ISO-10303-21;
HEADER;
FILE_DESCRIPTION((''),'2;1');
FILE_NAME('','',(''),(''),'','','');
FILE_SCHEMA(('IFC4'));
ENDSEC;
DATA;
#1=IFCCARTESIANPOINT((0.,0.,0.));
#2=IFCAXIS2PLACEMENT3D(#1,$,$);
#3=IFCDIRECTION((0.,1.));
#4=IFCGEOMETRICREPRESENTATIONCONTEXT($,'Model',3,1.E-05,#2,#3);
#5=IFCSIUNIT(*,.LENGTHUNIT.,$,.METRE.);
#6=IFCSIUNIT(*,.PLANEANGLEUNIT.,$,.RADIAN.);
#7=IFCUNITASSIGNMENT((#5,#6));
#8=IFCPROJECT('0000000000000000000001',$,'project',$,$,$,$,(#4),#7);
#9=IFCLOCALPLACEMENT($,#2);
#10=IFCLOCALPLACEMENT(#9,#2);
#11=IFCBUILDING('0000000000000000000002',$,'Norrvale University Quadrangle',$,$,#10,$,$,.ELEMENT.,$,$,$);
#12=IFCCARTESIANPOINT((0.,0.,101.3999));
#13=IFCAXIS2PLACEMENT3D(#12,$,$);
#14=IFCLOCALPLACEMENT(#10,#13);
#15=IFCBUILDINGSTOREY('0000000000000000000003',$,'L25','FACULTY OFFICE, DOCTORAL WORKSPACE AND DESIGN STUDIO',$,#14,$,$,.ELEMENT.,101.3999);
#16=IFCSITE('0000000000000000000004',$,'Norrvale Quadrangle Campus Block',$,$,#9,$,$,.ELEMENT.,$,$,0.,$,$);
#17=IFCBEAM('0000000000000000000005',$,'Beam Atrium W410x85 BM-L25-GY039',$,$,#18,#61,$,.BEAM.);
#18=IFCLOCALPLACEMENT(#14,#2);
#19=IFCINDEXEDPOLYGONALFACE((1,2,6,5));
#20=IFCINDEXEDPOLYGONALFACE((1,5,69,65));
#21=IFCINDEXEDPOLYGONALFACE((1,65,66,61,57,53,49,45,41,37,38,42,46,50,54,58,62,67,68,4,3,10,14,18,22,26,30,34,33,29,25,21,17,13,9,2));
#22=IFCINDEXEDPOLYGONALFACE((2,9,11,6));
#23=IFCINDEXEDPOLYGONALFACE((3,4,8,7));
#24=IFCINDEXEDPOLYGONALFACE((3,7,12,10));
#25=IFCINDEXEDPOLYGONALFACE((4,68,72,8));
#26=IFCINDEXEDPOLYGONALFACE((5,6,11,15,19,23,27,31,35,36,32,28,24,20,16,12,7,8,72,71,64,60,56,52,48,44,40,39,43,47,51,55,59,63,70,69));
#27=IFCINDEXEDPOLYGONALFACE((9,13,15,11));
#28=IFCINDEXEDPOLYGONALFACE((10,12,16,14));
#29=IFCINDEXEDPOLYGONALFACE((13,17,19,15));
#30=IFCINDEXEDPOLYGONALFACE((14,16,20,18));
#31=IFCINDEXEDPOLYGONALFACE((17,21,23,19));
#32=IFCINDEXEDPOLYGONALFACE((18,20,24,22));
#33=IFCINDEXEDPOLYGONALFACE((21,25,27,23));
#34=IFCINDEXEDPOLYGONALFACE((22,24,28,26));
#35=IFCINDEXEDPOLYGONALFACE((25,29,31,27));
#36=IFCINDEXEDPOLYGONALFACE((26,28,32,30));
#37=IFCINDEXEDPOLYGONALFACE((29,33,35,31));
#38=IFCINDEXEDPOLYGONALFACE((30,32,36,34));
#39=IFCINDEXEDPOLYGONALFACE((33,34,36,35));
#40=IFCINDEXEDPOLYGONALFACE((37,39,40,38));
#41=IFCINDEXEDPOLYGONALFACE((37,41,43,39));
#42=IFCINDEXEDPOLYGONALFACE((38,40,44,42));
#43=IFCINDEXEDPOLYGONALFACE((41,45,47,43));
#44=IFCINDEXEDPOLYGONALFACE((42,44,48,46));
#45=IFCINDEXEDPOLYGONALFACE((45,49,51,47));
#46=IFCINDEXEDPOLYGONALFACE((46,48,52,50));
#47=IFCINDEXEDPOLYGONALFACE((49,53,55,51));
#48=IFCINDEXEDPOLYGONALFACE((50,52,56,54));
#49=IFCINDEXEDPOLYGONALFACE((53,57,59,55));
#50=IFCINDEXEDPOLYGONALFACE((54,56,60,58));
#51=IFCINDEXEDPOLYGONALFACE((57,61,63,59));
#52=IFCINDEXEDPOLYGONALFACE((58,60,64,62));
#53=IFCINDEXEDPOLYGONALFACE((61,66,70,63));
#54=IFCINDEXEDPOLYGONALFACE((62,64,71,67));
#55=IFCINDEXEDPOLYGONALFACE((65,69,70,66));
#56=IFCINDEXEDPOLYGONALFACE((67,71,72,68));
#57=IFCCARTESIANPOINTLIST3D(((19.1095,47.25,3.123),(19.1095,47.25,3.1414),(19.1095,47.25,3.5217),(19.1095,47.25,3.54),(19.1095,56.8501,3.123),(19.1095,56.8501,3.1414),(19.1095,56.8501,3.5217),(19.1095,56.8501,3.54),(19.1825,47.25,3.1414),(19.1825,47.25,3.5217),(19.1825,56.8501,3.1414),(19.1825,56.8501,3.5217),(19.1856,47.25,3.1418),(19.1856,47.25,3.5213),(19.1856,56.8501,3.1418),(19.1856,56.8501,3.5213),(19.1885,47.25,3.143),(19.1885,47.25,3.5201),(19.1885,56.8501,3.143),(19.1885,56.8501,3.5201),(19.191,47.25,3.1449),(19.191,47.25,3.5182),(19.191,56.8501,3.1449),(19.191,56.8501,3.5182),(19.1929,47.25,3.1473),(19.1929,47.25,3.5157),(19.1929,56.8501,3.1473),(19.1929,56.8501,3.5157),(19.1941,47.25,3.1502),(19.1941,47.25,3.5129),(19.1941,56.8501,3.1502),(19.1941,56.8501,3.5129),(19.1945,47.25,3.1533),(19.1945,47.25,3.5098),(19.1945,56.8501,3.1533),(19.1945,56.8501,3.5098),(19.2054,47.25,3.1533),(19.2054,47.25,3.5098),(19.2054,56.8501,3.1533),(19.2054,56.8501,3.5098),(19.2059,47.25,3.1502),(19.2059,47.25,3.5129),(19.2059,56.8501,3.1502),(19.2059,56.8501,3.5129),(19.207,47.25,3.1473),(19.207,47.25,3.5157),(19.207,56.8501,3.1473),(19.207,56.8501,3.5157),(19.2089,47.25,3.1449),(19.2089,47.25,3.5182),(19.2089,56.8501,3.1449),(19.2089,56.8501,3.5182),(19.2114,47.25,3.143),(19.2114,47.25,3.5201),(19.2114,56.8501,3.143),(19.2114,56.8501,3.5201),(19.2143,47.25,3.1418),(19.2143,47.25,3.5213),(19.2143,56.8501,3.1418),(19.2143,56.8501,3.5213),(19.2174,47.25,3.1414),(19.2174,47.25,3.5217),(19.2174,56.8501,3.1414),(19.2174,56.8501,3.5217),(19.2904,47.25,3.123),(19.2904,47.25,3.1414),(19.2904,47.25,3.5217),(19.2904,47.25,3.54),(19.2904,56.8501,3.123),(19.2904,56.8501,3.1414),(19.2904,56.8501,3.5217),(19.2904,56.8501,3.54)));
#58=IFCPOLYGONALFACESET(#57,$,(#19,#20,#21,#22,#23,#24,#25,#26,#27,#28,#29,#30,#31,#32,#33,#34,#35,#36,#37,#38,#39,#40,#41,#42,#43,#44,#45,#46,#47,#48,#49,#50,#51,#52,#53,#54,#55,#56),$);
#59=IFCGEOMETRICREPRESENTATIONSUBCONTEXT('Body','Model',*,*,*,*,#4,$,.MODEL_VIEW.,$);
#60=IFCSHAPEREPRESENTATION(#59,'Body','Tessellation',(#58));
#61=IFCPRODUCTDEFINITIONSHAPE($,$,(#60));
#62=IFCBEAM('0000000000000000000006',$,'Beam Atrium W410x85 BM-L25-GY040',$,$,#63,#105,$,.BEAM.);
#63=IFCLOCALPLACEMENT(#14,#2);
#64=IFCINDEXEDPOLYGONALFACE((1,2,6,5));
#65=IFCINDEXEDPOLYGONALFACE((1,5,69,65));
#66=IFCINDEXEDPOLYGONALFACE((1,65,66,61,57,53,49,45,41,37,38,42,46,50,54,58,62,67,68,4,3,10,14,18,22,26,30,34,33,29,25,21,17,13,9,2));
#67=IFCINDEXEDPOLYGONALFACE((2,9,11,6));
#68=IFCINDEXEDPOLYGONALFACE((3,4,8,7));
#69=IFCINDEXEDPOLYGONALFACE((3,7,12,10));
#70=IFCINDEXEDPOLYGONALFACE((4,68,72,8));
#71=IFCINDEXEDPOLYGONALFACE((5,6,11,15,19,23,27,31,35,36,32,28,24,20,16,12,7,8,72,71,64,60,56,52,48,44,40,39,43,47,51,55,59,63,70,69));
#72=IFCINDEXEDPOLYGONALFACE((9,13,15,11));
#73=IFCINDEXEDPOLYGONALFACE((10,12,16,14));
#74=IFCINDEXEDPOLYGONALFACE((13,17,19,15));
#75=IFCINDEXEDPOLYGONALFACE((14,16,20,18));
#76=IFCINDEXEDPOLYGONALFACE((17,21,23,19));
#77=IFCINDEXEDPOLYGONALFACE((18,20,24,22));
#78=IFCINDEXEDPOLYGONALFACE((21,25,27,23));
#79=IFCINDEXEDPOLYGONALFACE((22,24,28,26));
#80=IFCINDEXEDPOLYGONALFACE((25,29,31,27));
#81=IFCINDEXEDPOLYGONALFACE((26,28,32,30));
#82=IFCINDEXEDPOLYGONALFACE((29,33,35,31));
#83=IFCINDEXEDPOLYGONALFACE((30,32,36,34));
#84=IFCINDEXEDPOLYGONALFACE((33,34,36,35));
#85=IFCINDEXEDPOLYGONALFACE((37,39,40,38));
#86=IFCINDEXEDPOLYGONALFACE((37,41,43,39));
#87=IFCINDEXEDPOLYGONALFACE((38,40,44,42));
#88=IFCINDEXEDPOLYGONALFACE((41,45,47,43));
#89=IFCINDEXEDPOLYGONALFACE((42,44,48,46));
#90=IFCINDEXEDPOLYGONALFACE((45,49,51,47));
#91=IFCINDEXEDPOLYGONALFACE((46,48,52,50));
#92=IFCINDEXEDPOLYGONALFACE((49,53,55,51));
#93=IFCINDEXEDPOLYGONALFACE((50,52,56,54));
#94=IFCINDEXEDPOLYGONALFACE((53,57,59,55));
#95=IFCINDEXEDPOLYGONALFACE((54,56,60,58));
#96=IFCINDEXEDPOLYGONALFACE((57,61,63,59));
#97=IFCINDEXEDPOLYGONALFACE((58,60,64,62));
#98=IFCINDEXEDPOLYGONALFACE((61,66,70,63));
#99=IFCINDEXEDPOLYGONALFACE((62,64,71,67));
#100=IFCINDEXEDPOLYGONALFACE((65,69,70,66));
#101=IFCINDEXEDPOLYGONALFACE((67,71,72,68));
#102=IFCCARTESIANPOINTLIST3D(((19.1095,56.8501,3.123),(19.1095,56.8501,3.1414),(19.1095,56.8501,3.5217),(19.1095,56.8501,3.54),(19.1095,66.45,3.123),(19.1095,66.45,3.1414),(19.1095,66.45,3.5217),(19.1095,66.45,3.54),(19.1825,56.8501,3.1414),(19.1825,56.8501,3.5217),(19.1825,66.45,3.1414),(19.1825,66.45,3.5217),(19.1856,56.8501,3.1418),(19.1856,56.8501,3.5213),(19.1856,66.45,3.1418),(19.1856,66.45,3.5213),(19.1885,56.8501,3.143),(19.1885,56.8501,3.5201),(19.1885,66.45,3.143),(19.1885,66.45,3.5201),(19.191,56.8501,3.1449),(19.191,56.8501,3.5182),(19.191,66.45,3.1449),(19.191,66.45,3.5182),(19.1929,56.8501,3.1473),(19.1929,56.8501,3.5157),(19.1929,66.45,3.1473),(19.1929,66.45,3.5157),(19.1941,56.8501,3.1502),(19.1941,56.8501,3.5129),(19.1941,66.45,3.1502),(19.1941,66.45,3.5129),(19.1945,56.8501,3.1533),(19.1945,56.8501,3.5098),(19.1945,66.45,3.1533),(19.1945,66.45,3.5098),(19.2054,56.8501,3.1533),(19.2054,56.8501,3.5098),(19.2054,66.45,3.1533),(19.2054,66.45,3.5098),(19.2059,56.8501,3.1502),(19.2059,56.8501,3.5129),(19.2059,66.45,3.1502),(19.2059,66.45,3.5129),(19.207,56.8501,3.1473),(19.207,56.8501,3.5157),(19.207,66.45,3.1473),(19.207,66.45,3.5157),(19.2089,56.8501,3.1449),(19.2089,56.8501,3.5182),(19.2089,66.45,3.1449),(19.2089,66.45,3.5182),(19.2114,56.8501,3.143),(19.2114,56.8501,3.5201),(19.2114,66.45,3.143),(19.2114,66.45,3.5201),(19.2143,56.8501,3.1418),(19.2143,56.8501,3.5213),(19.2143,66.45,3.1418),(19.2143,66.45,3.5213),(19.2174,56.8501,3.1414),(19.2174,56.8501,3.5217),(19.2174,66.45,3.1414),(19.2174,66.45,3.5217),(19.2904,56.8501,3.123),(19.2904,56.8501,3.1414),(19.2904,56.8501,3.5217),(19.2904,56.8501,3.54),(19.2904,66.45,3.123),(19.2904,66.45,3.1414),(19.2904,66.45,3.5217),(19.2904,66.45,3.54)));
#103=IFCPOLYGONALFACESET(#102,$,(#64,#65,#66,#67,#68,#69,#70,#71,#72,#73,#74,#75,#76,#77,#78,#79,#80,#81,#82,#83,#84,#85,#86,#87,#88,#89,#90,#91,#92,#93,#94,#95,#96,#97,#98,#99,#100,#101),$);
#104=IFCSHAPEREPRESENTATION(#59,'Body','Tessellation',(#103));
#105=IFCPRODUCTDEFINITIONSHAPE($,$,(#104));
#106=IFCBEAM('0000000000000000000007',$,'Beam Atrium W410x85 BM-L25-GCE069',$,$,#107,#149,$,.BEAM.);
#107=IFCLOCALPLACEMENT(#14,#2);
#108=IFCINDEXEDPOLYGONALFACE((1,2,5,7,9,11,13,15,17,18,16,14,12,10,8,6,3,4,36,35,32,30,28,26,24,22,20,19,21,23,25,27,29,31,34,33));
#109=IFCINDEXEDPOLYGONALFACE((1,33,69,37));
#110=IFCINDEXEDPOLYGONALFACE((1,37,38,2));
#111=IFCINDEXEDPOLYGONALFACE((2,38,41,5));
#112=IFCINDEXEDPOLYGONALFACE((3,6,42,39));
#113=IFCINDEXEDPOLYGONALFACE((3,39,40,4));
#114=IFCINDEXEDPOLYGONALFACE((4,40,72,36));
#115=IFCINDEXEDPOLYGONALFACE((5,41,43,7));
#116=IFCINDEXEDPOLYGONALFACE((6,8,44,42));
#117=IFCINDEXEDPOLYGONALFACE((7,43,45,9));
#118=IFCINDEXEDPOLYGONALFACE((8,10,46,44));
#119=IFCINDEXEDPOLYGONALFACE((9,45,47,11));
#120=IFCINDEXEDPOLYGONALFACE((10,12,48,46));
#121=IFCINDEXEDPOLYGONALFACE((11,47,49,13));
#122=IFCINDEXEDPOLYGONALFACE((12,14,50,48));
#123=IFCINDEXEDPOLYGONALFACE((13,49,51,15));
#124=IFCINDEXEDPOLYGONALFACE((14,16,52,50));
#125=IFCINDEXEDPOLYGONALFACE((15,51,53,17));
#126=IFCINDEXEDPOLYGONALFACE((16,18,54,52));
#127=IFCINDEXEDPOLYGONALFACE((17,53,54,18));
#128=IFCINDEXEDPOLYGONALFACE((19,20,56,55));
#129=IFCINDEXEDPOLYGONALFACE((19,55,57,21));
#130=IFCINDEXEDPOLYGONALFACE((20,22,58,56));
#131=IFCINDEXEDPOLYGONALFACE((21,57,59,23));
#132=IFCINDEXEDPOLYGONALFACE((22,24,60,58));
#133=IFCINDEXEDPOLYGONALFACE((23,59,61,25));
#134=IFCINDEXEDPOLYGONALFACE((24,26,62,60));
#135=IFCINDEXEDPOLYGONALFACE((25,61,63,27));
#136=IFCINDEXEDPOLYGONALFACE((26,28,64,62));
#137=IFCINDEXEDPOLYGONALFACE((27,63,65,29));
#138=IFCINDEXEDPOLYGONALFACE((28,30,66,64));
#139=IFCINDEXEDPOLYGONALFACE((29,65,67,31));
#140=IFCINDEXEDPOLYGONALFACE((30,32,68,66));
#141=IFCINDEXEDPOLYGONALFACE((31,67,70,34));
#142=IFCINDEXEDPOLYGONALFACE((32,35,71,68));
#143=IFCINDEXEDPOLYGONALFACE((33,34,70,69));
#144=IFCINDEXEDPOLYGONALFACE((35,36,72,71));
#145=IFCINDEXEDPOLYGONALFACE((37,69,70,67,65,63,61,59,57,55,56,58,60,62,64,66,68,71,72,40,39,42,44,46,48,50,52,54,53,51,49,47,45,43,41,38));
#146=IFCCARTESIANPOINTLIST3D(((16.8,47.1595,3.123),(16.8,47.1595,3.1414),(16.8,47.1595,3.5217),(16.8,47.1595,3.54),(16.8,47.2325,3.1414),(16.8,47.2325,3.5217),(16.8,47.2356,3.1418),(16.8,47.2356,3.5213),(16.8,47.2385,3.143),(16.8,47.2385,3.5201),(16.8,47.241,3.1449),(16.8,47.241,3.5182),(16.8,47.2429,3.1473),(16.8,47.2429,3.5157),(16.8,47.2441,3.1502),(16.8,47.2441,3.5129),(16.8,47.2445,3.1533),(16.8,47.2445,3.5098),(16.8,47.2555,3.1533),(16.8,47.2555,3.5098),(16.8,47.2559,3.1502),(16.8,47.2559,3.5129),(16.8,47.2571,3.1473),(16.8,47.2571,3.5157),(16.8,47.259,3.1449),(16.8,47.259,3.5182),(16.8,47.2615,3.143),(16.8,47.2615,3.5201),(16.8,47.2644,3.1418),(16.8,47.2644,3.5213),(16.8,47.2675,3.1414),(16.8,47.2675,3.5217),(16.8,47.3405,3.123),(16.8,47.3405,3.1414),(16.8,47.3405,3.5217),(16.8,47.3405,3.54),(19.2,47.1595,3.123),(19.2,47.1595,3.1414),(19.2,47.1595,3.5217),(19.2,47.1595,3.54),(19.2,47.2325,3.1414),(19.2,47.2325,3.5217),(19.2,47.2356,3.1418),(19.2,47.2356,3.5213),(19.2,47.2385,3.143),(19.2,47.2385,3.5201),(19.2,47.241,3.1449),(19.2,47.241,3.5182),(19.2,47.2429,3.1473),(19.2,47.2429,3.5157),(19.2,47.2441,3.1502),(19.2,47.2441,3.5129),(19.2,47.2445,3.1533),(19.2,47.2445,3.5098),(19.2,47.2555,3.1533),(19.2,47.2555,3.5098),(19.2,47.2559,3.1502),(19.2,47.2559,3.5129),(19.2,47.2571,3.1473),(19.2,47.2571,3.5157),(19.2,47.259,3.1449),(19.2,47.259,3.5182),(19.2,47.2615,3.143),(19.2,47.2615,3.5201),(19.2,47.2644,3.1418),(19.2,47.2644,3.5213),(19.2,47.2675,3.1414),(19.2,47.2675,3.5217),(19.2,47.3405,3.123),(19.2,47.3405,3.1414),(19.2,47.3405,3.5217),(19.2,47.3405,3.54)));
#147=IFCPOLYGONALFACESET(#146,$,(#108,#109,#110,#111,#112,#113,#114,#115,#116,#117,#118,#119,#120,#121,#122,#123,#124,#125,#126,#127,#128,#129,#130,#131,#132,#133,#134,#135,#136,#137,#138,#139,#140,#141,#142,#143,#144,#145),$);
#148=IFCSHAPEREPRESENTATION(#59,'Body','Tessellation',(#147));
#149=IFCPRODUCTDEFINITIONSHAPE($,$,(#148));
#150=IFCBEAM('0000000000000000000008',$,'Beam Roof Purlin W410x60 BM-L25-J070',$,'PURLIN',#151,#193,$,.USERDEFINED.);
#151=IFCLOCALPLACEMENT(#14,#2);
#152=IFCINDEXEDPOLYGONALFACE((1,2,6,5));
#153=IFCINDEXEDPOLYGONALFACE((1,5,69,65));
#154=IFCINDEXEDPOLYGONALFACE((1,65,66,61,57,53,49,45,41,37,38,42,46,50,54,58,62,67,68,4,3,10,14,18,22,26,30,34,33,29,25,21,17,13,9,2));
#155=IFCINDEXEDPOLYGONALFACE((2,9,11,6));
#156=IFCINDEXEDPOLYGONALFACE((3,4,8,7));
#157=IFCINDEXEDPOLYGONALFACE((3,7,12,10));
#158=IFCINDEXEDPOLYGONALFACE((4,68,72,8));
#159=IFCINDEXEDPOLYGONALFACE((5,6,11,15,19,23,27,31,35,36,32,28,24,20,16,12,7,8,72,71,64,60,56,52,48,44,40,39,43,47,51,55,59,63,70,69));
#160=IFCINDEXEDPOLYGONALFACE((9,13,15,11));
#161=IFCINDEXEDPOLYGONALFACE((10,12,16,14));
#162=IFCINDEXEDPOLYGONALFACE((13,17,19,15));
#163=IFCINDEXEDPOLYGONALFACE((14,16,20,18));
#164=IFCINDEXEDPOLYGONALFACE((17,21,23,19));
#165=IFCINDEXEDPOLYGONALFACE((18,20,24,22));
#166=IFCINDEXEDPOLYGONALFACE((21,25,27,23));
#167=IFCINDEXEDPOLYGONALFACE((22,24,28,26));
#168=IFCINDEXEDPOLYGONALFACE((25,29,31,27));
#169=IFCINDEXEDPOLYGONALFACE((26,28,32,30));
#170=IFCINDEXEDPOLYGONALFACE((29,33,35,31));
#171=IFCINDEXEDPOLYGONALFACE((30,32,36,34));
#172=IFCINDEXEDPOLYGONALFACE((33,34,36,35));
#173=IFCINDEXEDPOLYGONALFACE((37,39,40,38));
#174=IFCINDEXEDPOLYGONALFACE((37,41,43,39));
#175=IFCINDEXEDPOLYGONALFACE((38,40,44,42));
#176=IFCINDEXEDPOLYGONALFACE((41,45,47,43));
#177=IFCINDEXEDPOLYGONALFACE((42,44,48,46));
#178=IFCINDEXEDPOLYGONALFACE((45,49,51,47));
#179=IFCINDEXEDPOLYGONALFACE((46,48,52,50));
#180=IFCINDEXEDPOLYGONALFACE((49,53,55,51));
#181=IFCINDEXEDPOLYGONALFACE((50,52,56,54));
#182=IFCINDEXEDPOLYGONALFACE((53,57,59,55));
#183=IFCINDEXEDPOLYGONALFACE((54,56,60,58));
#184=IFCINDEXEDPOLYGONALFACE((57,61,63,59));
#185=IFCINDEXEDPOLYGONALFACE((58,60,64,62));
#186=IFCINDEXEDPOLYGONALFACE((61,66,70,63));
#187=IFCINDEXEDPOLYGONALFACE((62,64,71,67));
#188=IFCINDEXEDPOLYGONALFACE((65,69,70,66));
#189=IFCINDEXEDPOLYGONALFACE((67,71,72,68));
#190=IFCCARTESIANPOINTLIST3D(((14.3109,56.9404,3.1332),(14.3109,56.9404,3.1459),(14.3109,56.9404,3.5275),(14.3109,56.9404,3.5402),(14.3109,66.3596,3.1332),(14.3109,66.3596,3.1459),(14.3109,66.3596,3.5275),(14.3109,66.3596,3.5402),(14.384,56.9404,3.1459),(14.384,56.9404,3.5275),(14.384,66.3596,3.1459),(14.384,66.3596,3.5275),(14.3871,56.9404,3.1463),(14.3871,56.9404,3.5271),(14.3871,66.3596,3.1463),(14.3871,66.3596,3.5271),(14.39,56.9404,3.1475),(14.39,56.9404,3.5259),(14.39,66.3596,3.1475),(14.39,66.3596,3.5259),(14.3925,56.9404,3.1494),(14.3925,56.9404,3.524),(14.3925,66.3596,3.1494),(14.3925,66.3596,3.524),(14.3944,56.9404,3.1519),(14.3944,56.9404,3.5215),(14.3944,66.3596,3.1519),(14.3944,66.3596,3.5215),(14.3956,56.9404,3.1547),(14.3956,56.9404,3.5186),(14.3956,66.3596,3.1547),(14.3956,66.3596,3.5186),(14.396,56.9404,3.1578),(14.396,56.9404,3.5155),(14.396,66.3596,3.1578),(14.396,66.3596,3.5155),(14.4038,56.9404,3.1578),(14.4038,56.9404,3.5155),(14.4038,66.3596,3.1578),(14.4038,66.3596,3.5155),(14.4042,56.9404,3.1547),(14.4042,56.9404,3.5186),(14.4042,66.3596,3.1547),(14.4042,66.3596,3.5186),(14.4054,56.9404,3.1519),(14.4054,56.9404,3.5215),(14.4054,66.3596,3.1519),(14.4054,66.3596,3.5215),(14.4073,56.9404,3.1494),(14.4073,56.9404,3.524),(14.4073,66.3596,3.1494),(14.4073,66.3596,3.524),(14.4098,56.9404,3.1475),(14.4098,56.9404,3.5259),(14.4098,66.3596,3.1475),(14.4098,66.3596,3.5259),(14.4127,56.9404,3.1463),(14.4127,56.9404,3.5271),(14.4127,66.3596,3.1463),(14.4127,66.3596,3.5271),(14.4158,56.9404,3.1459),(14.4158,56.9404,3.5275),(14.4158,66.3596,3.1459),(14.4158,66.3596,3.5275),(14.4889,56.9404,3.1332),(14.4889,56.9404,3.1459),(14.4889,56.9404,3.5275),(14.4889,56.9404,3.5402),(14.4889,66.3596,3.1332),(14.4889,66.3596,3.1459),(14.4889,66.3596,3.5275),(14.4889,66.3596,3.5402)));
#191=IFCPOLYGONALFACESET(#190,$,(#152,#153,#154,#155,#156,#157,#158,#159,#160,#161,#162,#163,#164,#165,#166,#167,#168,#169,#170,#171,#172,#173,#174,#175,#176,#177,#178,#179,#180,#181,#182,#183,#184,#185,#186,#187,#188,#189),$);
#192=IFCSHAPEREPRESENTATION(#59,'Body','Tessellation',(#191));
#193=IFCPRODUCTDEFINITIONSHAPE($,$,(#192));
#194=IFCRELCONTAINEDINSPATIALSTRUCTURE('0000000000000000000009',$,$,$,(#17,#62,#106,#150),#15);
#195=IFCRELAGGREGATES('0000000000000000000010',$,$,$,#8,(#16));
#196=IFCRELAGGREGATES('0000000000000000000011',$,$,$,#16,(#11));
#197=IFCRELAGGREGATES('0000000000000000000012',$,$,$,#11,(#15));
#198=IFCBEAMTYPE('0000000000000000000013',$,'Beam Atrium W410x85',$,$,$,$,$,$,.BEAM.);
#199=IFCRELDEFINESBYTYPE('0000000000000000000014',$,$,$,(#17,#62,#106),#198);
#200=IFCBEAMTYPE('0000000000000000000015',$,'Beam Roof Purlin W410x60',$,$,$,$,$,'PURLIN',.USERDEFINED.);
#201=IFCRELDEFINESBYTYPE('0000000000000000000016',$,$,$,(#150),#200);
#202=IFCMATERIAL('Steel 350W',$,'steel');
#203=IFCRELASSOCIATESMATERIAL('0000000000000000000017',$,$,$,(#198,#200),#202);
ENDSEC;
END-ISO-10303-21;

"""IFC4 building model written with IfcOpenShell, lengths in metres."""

from ifc_helpers import new_model, si_unit, direction, frame, origin, origin_2d, place, context, subcontext, project, spatial, i_section, extrude, material, material_profile, profile_set, type_object, element, save


model = new_model("IFC4")

# Units and contexts
model_context = context("Model", 3, precision=1e-05, world=origin(), true_north=direction((0.0, 1.0)))
body_context = subcontext(model_context, "Body", "Model", "MODEL_VIEW")
ifc_project = project(units=[si_unit("LENGTHUNIT", "METRE"), si_unit("PLANEANGLEUNIT", "RADIAN")], contexts=[model_context])

# Site, building, storey
site_placement = place(None, origin())
site = spatial("IfcSite", under=ifc_project, at=site_placement, Name="Norrvale Quadrangle Campus Block", CompositionType="ELEMENT", RefElevation=0.0)
building_placement = place(site_placement, origin())
building = spatial("IfcBuilding", under=site, at=building_placement, Name="Norrvale University Quadrangle", CompositionType="ELEMENT")
storey_placement = place(building_placement, frame((0.0, 0.0, 101.3999)))
storey = spatial("IfcBuildingStorey", under=building, at=storey_placement, Name="L25", Description="FACULTY OFFICE, DOCTORAL WORKSPACE AND DESIGN STUDIO", CompositionType="ELEMENT", Elevation=101.3999)

# Beams
ifc_material_1 = material(Name="Steel 350W", Category="steel")
ifc_material_profile_1 = material_profile(ifc_material_1, i_section(OverallWidth=0.1809, OverallDepth=0.417, WebThickness=0.011, FlangeThickness=0.0183, FilletRadius=0.012, at=origin_2d()), Name="Steel 350W")
ifc_profile_set_1 = profile_set([ifc_material_profile_1], Name="Steel 350W")
beam_type_1 = type_object("IfcBeamType", Name="Beam Atrium W410x85", PredefinedType="BEAM", material=ifc_profile_set_1)
for number, where, z_axis, x_axis, name in (
    (1, (19.2, 47.25, 3.3315), (0.0, 1.0, 0.0), (-1.0, 0.0, 0.0), "Beam Atrium W410x85 BM-L25-GY039"),
):
    element("IfcBeam", number, at=place(storey_placement, frame(where, z_axis=z_axis, x_axis=x_axis)), inside=storey, type_object=beam_type_1, Name=name, PredefinedType="BEAM", context=body_context, shape_type="SweptSolid", body=[
        extrude(i_section(OverallWidth=0.1809, OverallDepth=0.417, WebThickness=0.011, FlangeThickness=0.0183, FilletRadius=0.012, at=origin_2d()), origin(), (0.0, 0.0, 1.0), 9.6001),
    ])
beam_1_placement = place(storey_placement, frame((19.2, 56.8501, 3.3315), z_axis=(0.0, 1.0, 0.0), x_axis=(-1.0, 0.0, 0.0)))
element("IfcBeam", 2, at=beam_1_placement, inside=storey, type_object=beam_type_1, Name="Beam Atrium W410x85 BM-L25-GY040", PredefinedType="BEAM", context=body_context, shape_type="SweptSolid", body=[
    extrude(i_section(OverallWidth=0.1809, OverallDepth=0.417, WebThickness=0.011, FlangeThickness=0.0183, FilletRadius=0.012, at=origin_2d()), origin(), (0.0, 0.0, 1.0), 9.5999),
])
beam_2_placement = place(storey_placement, frame((16.8, 47.25, 3.3315), z_axis=(1.0, 0.0, 0.0), x_axis=(0.0, 1.0, 0.0)))
element("IfcBeam", 3, at=beam_2_placement, inside=storey, type_object=beam_type_1, Name="Beam Atrium W410x85 BM-L25-GCE069", PredefinedType="BEAM", context=body_context, shape_type="SweptSolid", body=[
    extrude(i_section(OverallWidth=0.1809, OverallDepth=0.417, WebThickness=0.011, FlangeThickness=0.0183, FilletRadius=0.012, at=origin_2d()), origin(), (0.0, 0.0, 1.0), 2.3999),
])
ifc_material_profile_2 = material_profile(ifc_material_1, i_section(OverallWidth=0.178, OverallDepth=0.407, WebThickness=0.0078, FlangeThickness=0.0127, FilletRadius=0.012, at=origin_2d()), Name="Steel 350W")
ifc_profile_set_2 = profile_set([ifc_material_profile_2], Name="Steel 350W")
beam_type_2 = type_object("IfcBeamType", Name="Beam Roof Purlin W410x60", ElementType="PURLIN", PredefinedType="USERDEFINED", material=ifc_profile_set_2)
beam_3_placement = place(storey_placement, frame((14.3999, 56.9404, 3.3367), z_axis=(0.0, 1.0, 0.0), x_axis=(-1.0, 0.0, 0.0)))
element("IfcBeam", 4, at=beam_3_placement, inside=storey, type_object=beam_type_2, Name="Beam Roof Purlin W410x60 BM-L25-J070", ObjectType="PURLIN", PredefinedType="USERDEFINED", context=body_context, shape_type="SweptSolid", body=[
    extrude(i_section(OverallWidth=0.178, OverallDepth=0.407, WebThickness=0.0078, FlangeThickness=0.0127, FilletRadius=0.012, at=origin_2d()), origin(), (0.0, 0.0, 1.0), 9.4192),
])

save(model, "model.ifc")
